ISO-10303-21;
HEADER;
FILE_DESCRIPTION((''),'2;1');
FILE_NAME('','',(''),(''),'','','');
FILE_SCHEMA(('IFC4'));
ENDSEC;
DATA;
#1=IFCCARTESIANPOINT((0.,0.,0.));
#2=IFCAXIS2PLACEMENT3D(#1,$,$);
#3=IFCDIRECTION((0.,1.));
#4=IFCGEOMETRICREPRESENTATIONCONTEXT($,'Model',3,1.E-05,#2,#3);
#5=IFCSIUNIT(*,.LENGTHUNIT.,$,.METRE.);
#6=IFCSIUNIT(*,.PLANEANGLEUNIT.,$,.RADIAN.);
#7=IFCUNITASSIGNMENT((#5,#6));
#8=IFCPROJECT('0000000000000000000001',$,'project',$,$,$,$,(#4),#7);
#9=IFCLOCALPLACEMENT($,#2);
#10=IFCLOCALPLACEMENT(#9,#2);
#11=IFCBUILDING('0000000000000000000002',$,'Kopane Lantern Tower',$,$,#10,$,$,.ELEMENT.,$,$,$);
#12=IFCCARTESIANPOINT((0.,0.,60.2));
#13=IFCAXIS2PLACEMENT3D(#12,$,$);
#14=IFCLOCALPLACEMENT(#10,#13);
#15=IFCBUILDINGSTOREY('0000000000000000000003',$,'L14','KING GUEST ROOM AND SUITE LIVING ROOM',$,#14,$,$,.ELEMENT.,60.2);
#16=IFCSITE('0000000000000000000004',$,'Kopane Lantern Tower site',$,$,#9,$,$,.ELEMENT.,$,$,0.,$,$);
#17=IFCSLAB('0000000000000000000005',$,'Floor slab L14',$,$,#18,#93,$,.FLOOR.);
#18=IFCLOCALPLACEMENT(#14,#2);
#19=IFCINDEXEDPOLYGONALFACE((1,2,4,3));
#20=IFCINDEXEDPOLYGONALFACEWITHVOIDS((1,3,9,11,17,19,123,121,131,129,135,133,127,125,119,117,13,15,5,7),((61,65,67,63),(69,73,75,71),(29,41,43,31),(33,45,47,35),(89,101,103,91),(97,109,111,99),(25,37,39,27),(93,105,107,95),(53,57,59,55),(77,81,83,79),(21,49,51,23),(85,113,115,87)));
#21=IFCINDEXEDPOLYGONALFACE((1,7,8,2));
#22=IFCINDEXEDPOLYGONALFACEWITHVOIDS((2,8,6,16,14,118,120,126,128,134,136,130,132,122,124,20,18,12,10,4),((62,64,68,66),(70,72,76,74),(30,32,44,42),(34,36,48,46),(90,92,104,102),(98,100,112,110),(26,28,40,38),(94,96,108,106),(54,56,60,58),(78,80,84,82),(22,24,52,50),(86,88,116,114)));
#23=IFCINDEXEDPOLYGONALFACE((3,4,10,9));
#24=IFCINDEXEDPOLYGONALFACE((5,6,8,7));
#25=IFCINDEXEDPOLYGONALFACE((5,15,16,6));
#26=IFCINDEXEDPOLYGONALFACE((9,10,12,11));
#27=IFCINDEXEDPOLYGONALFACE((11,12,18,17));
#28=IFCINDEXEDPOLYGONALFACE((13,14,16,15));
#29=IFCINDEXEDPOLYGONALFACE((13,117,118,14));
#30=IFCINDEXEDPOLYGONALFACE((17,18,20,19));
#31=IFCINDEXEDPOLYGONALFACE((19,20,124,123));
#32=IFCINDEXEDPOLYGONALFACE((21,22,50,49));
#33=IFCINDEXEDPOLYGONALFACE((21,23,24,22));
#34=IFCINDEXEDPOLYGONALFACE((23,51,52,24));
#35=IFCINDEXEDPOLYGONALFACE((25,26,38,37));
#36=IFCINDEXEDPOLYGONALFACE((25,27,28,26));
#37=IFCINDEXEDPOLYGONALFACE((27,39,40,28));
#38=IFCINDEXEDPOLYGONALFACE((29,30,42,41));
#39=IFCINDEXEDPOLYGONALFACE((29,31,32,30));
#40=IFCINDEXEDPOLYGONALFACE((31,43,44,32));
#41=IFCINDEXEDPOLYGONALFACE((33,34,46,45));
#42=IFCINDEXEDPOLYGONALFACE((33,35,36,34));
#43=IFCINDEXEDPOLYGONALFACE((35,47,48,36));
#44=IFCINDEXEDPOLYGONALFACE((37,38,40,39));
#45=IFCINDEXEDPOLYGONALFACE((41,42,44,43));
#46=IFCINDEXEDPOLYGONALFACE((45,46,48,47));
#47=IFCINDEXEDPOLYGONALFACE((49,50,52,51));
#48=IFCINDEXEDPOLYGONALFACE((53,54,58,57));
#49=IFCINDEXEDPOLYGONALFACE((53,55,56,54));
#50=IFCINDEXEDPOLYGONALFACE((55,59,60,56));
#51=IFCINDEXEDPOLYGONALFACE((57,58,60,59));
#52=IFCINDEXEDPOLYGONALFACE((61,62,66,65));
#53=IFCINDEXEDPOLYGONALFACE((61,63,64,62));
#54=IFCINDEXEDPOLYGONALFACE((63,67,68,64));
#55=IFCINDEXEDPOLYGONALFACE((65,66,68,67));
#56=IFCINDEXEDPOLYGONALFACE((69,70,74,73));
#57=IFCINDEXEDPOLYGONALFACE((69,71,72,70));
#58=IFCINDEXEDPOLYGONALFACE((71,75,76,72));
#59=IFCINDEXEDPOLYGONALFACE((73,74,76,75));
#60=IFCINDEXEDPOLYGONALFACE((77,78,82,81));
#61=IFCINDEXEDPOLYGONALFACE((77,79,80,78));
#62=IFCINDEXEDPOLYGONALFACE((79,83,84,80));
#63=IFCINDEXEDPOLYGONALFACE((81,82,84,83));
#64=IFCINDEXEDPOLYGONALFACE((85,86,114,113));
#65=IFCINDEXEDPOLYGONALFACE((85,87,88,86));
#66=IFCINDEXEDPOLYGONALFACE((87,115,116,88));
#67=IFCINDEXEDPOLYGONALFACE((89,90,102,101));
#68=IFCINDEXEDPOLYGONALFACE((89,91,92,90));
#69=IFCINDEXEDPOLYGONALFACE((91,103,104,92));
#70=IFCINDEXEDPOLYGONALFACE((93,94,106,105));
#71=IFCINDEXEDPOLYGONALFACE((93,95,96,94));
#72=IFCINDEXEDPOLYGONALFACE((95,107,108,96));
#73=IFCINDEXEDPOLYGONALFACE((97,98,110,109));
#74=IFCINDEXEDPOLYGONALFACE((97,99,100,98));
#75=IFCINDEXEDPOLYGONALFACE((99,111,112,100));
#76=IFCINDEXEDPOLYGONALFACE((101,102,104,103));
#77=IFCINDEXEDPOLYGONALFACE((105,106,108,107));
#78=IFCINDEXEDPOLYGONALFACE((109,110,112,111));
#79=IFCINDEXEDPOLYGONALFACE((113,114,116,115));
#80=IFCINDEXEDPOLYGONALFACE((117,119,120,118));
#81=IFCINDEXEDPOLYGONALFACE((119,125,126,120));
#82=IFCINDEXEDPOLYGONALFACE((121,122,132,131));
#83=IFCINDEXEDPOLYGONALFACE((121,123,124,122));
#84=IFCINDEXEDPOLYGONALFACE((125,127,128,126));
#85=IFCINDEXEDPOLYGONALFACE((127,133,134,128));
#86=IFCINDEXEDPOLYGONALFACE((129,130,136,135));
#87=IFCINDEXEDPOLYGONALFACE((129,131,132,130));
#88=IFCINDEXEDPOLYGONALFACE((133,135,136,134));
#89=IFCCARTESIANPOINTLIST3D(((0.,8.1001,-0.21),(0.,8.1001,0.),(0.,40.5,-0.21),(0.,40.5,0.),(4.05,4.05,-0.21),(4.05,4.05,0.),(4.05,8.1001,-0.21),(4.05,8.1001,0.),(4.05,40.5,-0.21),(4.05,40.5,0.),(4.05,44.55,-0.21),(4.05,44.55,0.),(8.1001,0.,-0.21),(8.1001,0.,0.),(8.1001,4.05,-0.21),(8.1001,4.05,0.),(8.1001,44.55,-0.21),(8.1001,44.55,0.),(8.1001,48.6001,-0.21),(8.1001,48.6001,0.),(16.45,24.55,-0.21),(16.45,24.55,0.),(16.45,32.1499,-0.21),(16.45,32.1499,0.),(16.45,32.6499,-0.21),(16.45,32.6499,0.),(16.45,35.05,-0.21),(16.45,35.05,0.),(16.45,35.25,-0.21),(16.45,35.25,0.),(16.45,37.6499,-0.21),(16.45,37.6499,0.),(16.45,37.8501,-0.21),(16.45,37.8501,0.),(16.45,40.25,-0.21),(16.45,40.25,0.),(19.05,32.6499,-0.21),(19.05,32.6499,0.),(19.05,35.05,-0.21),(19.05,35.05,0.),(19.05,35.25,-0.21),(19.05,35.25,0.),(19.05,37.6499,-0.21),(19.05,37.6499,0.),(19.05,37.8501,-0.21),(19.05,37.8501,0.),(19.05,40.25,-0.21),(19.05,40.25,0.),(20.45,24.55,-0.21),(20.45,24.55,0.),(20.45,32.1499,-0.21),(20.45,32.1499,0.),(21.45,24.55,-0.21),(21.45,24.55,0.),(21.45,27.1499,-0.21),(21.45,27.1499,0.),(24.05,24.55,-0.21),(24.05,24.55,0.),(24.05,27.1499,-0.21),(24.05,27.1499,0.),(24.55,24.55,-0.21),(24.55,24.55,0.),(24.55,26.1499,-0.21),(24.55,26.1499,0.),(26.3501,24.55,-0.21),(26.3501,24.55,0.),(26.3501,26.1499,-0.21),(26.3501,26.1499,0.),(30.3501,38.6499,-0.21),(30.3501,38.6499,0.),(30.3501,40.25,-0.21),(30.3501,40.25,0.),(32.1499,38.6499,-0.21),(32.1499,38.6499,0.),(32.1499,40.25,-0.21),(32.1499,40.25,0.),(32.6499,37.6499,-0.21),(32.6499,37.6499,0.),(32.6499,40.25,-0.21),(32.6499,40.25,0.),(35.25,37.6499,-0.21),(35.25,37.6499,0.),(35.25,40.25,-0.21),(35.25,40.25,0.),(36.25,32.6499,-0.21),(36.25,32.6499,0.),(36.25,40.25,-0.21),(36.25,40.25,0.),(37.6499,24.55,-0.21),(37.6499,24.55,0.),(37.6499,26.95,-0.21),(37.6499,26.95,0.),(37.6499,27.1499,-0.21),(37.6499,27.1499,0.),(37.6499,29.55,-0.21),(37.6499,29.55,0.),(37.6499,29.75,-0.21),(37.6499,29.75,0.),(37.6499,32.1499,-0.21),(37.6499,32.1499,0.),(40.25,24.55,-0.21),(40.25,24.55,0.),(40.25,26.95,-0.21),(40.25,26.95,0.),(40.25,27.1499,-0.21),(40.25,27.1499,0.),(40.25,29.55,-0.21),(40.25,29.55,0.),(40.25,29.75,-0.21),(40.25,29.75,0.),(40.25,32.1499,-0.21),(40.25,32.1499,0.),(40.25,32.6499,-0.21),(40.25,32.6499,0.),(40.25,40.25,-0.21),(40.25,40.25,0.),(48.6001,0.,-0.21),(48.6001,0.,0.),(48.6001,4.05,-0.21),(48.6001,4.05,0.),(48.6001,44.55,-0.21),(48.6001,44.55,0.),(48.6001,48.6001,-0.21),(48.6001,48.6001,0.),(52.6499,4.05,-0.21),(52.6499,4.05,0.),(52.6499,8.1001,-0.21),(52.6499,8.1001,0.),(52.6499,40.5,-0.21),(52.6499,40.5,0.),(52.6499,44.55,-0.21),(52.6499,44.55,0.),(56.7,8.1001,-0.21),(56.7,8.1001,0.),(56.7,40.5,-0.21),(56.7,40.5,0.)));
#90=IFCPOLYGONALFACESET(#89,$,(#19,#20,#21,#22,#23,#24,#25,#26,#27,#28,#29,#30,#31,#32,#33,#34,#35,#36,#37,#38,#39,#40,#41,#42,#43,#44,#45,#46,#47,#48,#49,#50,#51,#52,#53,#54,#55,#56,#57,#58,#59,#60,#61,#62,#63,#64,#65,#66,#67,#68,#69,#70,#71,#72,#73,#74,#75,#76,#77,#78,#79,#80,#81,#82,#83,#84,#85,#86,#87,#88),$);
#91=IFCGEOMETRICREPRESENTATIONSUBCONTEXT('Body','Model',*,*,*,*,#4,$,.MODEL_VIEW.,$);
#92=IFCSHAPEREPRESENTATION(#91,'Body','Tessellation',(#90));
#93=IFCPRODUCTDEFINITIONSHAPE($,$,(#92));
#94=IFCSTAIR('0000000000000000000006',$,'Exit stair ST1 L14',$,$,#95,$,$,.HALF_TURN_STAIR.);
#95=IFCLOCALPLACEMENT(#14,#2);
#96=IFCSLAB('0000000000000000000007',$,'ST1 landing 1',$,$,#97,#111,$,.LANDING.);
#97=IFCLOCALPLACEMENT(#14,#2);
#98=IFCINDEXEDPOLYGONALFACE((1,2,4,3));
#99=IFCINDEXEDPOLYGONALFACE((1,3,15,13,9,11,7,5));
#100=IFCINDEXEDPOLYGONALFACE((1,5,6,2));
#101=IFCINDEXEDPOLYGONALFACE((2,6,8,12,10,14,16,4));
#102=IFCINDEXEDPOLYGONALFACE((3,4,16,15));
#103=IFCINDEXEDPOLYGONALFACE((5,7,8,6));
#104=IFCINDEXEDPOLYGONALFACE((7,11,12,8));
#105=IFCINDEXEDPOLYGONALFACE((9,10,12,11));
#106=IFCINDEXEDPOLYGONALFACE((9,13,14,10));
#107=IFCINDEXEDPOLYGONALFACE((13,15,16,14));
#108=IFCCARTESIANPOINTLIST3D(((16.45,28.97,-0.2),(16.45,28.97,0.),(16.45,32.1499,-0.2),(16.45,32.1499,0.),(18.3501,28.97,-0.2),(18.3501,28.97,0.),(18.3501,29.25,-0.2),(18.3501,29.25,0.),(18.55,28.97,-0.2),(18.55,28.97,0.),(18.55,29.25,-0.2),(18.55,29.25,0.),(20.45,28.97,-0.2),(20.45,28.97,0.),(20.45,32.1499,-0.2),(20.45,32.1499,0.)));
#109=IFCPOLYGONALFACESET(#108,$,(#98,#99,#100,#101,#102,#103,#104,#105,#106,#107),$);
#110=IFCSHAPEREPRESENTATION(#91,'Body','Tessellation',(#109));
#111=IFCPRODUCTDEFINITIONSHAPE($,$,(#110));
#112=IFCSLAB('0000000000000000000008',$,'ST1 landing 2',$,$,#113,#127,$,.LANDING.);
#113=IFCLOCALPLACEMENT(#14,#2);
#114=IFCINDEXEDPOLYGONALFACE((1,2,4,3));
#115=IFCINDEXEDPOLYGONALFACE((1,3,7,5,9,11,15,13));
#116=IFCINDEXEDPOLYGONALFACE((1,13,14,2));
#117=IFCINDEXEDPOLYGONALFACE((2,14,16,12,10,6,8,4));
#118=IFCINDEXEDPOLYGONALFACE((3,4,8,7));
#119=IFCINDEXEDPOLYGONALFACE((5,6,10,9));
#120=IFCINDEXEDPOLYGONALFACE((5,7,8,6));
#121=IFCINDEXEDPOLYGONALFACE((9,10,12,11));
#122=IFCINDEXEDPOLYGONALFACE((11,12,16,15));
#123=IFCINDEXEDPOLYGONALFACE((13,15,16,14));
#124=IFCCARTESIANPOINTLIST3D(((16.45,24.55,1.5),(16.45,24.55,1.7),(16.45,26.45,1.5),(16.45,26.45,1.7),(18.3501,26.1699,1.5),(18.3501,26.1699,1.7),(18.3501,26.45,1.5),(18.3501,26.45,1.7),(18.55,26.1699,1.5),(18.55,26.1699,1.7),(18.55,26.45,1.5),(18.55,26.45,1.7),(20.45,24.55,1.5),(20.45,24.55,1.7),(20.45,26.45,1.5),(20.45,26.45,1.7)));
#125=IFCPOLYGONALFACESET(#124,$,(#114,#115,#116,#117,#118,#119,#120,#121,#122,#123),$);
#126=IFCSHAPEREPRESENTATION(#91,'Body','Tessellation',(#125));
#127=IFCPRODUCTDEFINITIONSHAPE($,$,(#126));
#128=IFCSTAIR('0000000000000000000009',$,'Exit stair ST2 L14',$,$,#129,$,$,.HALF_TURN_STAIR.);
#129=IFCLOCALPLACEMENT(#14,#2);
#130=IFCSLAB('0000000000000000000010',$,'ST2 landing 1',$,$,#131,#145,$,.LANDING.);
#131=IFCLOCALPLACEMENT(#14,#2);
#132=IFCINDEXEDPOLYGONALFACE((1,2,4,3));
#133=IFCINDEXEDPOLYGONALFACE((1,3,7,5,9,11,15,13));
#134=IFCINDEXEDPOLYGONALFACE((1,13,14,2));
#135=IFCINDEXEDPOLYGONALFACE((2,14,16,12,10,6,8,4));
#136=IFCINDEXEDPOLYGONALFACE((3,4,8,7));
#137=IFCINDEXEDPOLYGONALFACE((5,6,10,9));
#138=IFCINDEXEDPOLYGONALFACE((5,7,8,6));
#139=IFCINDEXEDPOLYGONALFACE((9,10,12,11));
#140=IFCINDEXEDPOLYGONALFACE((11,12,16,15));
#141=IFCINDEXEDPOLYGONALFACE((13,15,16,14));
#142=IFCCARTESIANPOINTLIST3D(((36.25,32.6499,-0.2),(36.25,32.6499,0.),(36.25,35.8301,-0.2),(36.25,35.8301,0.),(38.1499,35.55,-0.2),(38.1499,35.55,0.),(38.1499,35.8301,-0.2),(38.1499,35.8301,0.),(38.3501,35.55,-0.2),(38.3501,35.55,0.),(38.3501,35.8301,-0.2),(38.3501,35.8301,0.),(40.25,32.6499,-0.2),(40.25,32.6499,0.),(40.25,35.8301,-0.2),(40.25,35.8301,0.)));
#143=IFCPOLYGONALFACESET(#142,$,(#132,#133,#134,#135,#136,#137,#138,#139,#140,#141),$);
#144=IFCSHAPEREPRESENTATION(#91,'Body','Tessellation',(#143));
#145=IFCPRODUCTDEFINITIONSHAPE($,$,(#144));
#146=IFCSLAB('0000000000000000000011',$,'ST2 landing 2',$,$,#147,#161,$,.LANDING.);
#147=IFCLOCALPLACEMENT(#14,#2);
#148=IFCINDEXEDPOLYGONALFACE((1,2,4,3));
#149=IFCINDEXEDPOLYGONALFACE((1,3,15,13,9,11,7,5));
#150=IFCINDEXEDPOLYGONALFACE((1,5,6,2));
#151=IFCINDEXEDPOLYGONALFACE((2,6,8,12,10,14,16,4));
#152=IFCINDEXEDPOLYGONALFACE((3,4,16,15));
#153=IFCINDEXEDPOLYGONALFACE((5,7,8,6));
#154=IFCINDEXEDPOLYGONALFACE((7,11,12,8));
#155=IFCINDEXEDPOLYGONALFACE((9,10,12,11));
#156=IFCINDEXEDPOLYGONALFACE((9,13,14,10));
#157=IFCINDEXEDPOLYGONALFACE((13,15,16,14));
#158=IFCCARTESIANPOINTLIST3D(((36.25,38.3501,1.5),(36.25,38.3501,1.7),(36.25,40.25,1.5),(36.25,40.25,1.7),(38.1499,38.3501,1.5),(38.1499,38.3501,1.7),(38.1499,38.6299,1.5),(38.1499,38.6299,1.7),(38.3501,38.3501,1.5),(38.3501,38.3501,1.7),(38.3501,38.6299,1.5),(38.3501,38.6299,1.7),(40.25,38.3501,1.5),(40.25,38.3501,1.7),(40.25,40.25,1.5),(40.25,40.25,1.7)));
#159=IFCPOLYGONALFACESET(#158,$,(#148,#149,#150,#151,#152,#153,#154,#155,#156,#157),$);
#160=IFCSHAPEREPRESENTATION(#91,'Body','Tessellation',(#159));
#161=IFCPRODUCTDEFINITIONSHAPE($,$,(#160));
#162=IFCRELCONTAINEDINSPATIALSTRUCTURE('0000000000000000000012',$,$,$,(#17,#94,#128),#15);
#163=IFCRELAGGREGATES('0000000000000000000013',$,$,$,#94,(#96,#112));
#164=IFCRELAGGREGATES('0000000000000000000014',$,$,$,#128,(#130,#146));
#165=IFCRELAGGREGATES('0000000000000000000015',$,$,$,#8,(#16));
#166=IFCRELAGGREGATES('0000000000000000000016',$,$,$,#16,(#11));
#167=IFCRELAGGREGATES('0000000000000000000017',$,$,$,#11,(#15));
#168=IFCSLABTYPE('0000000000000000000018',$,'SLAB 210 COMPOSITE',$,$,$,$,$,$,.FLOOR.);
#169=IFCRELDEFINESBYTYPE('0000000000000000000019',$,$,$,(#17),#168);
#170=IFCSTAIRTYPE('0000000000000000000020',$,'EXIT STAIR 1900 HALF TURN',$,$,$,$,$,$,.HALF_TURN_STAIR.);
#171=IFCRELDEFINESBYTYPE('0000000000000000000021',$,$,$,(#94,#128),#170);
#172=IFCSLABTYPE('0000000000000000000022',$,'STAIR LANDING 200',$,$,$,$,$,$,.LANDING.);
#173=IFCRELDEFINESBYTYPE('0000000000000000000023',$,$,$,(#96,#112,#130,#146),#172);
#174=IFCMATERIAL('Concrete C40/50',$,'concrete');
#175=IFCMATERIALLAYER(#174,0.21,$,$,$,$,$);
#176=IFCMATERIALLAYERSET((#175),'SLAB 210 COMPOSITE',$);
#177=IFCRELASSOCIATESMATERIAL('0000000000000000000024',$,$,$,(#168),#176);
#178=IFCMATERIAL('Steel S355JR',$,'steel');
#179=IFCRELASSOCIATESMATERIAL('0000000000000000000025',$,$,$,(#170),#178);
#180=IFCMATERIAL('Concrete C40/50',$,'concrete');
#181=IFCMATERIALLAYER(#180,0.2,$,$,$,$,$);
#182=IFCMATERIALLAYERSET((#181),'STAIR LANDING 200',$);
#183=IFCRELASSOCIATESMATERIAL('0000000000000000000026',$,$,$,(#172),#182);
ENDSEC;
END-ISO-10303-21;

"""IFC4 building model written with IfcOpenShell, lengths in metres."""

from ifc_helpers import new_model, si_unit, direction, frame, origin, place, context, subcontext, project, spatial, polyline, outline, extrude, material, layer, layer_set, type_object, element, aggregate, save


model = new_model("IFC4")

# Units and contexts
model_context = context("Model", 3, precision=1e-05, world=origin(), true_north=direction((0.0, 1.0)))
body_context = subcontext(model_context, "Body", "Model", "MODEL_VIEW")
ifc_project = project(units=[si_unit("LENGTHUNIT", "METRE"), si_unit("PLANEANGLEUNIT", "RADIAN")], contexts=[model_context])

# Site, building, storey
site_placement = place(None, origin())
site = spatial("IfcSite", under=ifc_project, at=site_placement, Name="Kopane Lantern Tower site", CompositionType="ELEMENT", RefElevation=0.0)
building_placement = place(site_placement, origin())
building = spatial("IfcBuilding", under=site, at=building_placement, Name="Kopane Lantern Tower", CompositionType="ELEMENT")
storey_placement = place(building_placement, frame((0.0, 0.0, 60.2)))
storey = spatial("IfcBuildingStorey", under=building, at=storey_placement, Name="L14", Description="KING GUEST ROOM AND SUITE LIVING ROOM", CompositionType="ELEMENT", Elevation=60.2)

# Slab
ifc_material_1 = material(Name="Concrete C40/50", Category="concrete")
ifc_layer_1 = layer(ifc_material_1, 0.21)
ifc_layer_set_1 = layer_set([ifc_layer_1], Name="SLAB 210 COMPOSITE")
slab_type_1 = type_object("IfcSlabType", Name="SLAB 210 COMPOSITE", PredefinedType="FLOOR", material=ifc_layer_set_1)
slab_1_placement = place(storey_placement, frame((0.0, 0.0, -0.21)))
element("IfcSlab", 1, at=slab_1_placement, inside=storey, type_object=slab_type_1, Name="Floor slab L14", PredefinedType="FLOOR", context=body_context, shape_type="SweptSolid", body=[
    extrude(outline(polyline([(8.1001, 0.0), (48.6001, 0.0), (48.6001, 4.05), (52.6499, 4.05), (52.6499, 8.1001), (56.7, 8.1001), (56.7, 40.5), (52.6499, 40.5), (52.6499, 44.55), (48.6001, 44.55), (48.6001, 48.6001), (8.1001, 48.6001), (8.1001, 44.55), (4.05, 44.55), (4.05, 40.5), (0.0, 40.5), (0.0, 8.1001), (4.05, 8.1001), (4.05, 4.05), (8.1001, 4.05), (8.1001, 0.0)]), holes=[polyline([(16.45, 24.55), (20.45, 24.55), (20.45, 32.1499), (16.45, 32.1499), (16.45, 24.55)]), polyline([(36.25, 32.6499), (40.25, 32.6499), (40.25, 40.25), (36.25, 40.25), (36.25, 32.6499)]), polyline([(16.45, 32.6499), (19.05, 32.6499), (19.05, 35.05), (16.45, 35.05), (16.45, 32.6499)]), polyline([(16.45, 35.25), (19.05, 35.25), (19.05, 37.6499), (16.45, 37.6499), (16.45, 35.25)]), polyline([(16.45, 37.8501), (19.05, 37.8501), (19.05, 40.25), (16.45, 40.25), (16.45, 37.8501)]), polyline([(37.6499, 24.55), (40.25, 24.55), (40.25, 26.95), (37.6499, 26.95), (37.6499, 24.55)]), polyline([(37.6499, 27.1499), (40.25, 27.1499), (40.25, 29.55), (37.6499, 29.55), (37.6499, 27.1499)]), polyline([(37.6499, 29.75), (40.25, 29.75), (40.25, 32.1499), (37.6499, 32.1499), (37.6499, 29.75)]), polyline([(21.45, 24.55), (24.05, 24.55), (24.05, 27.1499), (21.45, 27.1499), (21.45, 24.55)]), polyline([(32.6499, 37.6499), (35.25, 37.6499), (35.25, 40.25), (32.6499, 40.25), (32.6499, 37.6499)]), polyline([(24.55, 24.55), (26.3501, 24.55), (26.3501, 26.1499), (24.55, 26.1499), (24.55, 24.55)]), polyline([(30.3501, 38.6499), (32.1499, 38.6499), (32.1499, 40.25), (30.3501, 40.25), (30.3501, 38.6499)])]), origin(), (0.0, 0.0, 1.0), 0.21),
])

# Stairs, slabs
ifc_material_2 = material(Name="Steel S355JR", Category="steel")
stair_type = type_object("IfcStairType", Name="EXIT STAIR 1900 HALF TURN", PredefinedType="HALF_TURN_STAIR", material=ifc_material_2)
stair_1_placement = place(storey_placement, origin())
stair_1 = element("IfcStair", 2, at=stair_1_placement, inside=storey, type_object=stair_type, Name="Exit stair ST1 L14", PredefinedType="HALF_TURN_STAIR")
ifc_material_3 = material(Name="Concrete C40/50", Category="concrete")
ifc_layer_2 = layer(ifc_material_3, 0.2)
ifc_layer_set_2 = layer_set([ifc_layer_2], Name="STAIR LANDING 200")
slab_type_2 = type_object("IfcSlabType", Name="STAIR LANDING 200", PredefinedType="LANDING", material=ifc_layer_set_2)
slab_2_placement = place(storey_placement, frame((0.0, 0.0, -0.2)))
slab_2 = element("IfcSlab", 3, at=slab_2_placement, type_object=slab_type_2, Name="ST1 landing 1", PredefinedType="LANDING", context=body_context, shape_type="SweptSolid", body=[
    extrude(outline(polyline([(18.3501, 29.25), (18.55, 29.25), (18.55, 28.97), (20.45, 28.97), (20.45, 32.1499), (16.45, 32.1499), (16.45, 28.97), (18.3501, 28.97), (18.3501, 29.25)])), origin(), (0.0, 0.0, 1.0), 0.2),
])
slab_3_placement = place(storey_placement, frame((0.0, 0.0, 1.5)))
slab_3 = element("IfcSlab", 4, at=slab_3_placement, type_object=slab_type_2, Name="ST1 landing 2", PredefinedType="LANDING", context=body_context, shape_type="SweptSolid", body=[
    extrude(outline(polyline([(20.45, 26.45), (18.55, 26.45), (18.55, 26.1699), (18.3501, 26.1699), (18.3501, 26.45), (16.45, 26.45), (16.45, 24.55), (20.45, 24.55), (20.45, 26.45)])), origin(), (0.0, 0.0, 1.0), 0.2),
])
aggregate(stair_1, [slab_2, slab_3])
stair_2_placement = place(storey_placement, origin())
stair_2 = element("IfcStair", 5, at=stair_2_placement, inside=storey, type_object=stair_type, Name="Exit stair ST2 L14", PredefinedType="HALF_TURN_STAIR")
slab_4_placement = place(storey_placement, frame((0.0, 0.0, -0.2)))
slab_4 = element("IfcSlab", 6, at=slab_4_placement, type_object=slab_type_2, Name="ST2 landing 1", PredefinedType="LANDING", context=body_context, shape_type="SweptSolid", body=[
    extrude(outline(polyline([(40.25, 35.8301), (38.3501, 35.8301), (38.3501, 35.55), (38.1499, 35.55), (38.1499, 35.8301), (36.25, 35.8301), (36.25, 32.6499), (40.25, 32.6499), (40.25, 35.8301)])), origin(), (0.0, 0.0, 1.0), 0.2),
])
slab_5_placement = place(storey_placement, frame((0.0, 0.0, 1.5)))
slab_5 = element("IfcSlab", 7, at=slab_5_placement, type_object=slab_type_2, Name="ST2 landing 2", PredefinedType="LANDING", context=body_context, shape_type="SweptSolid", body=[
    extrude(outline(polyline([(38.1499, 38.6299), (38.3501, 38.6299), (38.3501, 38.3501), (40.25, 38.3501), (40.25, 40.25), (36.25, 40.25), (36.25, 38.3501), (38.1499, 38.3501), (38.1499, 38.6299)])), origin(), (0.0, 0.0, 1.0), 0.2),
])
aggregate(stair_2, [slab_4, slab_5])

save(model, "model.ifc")
